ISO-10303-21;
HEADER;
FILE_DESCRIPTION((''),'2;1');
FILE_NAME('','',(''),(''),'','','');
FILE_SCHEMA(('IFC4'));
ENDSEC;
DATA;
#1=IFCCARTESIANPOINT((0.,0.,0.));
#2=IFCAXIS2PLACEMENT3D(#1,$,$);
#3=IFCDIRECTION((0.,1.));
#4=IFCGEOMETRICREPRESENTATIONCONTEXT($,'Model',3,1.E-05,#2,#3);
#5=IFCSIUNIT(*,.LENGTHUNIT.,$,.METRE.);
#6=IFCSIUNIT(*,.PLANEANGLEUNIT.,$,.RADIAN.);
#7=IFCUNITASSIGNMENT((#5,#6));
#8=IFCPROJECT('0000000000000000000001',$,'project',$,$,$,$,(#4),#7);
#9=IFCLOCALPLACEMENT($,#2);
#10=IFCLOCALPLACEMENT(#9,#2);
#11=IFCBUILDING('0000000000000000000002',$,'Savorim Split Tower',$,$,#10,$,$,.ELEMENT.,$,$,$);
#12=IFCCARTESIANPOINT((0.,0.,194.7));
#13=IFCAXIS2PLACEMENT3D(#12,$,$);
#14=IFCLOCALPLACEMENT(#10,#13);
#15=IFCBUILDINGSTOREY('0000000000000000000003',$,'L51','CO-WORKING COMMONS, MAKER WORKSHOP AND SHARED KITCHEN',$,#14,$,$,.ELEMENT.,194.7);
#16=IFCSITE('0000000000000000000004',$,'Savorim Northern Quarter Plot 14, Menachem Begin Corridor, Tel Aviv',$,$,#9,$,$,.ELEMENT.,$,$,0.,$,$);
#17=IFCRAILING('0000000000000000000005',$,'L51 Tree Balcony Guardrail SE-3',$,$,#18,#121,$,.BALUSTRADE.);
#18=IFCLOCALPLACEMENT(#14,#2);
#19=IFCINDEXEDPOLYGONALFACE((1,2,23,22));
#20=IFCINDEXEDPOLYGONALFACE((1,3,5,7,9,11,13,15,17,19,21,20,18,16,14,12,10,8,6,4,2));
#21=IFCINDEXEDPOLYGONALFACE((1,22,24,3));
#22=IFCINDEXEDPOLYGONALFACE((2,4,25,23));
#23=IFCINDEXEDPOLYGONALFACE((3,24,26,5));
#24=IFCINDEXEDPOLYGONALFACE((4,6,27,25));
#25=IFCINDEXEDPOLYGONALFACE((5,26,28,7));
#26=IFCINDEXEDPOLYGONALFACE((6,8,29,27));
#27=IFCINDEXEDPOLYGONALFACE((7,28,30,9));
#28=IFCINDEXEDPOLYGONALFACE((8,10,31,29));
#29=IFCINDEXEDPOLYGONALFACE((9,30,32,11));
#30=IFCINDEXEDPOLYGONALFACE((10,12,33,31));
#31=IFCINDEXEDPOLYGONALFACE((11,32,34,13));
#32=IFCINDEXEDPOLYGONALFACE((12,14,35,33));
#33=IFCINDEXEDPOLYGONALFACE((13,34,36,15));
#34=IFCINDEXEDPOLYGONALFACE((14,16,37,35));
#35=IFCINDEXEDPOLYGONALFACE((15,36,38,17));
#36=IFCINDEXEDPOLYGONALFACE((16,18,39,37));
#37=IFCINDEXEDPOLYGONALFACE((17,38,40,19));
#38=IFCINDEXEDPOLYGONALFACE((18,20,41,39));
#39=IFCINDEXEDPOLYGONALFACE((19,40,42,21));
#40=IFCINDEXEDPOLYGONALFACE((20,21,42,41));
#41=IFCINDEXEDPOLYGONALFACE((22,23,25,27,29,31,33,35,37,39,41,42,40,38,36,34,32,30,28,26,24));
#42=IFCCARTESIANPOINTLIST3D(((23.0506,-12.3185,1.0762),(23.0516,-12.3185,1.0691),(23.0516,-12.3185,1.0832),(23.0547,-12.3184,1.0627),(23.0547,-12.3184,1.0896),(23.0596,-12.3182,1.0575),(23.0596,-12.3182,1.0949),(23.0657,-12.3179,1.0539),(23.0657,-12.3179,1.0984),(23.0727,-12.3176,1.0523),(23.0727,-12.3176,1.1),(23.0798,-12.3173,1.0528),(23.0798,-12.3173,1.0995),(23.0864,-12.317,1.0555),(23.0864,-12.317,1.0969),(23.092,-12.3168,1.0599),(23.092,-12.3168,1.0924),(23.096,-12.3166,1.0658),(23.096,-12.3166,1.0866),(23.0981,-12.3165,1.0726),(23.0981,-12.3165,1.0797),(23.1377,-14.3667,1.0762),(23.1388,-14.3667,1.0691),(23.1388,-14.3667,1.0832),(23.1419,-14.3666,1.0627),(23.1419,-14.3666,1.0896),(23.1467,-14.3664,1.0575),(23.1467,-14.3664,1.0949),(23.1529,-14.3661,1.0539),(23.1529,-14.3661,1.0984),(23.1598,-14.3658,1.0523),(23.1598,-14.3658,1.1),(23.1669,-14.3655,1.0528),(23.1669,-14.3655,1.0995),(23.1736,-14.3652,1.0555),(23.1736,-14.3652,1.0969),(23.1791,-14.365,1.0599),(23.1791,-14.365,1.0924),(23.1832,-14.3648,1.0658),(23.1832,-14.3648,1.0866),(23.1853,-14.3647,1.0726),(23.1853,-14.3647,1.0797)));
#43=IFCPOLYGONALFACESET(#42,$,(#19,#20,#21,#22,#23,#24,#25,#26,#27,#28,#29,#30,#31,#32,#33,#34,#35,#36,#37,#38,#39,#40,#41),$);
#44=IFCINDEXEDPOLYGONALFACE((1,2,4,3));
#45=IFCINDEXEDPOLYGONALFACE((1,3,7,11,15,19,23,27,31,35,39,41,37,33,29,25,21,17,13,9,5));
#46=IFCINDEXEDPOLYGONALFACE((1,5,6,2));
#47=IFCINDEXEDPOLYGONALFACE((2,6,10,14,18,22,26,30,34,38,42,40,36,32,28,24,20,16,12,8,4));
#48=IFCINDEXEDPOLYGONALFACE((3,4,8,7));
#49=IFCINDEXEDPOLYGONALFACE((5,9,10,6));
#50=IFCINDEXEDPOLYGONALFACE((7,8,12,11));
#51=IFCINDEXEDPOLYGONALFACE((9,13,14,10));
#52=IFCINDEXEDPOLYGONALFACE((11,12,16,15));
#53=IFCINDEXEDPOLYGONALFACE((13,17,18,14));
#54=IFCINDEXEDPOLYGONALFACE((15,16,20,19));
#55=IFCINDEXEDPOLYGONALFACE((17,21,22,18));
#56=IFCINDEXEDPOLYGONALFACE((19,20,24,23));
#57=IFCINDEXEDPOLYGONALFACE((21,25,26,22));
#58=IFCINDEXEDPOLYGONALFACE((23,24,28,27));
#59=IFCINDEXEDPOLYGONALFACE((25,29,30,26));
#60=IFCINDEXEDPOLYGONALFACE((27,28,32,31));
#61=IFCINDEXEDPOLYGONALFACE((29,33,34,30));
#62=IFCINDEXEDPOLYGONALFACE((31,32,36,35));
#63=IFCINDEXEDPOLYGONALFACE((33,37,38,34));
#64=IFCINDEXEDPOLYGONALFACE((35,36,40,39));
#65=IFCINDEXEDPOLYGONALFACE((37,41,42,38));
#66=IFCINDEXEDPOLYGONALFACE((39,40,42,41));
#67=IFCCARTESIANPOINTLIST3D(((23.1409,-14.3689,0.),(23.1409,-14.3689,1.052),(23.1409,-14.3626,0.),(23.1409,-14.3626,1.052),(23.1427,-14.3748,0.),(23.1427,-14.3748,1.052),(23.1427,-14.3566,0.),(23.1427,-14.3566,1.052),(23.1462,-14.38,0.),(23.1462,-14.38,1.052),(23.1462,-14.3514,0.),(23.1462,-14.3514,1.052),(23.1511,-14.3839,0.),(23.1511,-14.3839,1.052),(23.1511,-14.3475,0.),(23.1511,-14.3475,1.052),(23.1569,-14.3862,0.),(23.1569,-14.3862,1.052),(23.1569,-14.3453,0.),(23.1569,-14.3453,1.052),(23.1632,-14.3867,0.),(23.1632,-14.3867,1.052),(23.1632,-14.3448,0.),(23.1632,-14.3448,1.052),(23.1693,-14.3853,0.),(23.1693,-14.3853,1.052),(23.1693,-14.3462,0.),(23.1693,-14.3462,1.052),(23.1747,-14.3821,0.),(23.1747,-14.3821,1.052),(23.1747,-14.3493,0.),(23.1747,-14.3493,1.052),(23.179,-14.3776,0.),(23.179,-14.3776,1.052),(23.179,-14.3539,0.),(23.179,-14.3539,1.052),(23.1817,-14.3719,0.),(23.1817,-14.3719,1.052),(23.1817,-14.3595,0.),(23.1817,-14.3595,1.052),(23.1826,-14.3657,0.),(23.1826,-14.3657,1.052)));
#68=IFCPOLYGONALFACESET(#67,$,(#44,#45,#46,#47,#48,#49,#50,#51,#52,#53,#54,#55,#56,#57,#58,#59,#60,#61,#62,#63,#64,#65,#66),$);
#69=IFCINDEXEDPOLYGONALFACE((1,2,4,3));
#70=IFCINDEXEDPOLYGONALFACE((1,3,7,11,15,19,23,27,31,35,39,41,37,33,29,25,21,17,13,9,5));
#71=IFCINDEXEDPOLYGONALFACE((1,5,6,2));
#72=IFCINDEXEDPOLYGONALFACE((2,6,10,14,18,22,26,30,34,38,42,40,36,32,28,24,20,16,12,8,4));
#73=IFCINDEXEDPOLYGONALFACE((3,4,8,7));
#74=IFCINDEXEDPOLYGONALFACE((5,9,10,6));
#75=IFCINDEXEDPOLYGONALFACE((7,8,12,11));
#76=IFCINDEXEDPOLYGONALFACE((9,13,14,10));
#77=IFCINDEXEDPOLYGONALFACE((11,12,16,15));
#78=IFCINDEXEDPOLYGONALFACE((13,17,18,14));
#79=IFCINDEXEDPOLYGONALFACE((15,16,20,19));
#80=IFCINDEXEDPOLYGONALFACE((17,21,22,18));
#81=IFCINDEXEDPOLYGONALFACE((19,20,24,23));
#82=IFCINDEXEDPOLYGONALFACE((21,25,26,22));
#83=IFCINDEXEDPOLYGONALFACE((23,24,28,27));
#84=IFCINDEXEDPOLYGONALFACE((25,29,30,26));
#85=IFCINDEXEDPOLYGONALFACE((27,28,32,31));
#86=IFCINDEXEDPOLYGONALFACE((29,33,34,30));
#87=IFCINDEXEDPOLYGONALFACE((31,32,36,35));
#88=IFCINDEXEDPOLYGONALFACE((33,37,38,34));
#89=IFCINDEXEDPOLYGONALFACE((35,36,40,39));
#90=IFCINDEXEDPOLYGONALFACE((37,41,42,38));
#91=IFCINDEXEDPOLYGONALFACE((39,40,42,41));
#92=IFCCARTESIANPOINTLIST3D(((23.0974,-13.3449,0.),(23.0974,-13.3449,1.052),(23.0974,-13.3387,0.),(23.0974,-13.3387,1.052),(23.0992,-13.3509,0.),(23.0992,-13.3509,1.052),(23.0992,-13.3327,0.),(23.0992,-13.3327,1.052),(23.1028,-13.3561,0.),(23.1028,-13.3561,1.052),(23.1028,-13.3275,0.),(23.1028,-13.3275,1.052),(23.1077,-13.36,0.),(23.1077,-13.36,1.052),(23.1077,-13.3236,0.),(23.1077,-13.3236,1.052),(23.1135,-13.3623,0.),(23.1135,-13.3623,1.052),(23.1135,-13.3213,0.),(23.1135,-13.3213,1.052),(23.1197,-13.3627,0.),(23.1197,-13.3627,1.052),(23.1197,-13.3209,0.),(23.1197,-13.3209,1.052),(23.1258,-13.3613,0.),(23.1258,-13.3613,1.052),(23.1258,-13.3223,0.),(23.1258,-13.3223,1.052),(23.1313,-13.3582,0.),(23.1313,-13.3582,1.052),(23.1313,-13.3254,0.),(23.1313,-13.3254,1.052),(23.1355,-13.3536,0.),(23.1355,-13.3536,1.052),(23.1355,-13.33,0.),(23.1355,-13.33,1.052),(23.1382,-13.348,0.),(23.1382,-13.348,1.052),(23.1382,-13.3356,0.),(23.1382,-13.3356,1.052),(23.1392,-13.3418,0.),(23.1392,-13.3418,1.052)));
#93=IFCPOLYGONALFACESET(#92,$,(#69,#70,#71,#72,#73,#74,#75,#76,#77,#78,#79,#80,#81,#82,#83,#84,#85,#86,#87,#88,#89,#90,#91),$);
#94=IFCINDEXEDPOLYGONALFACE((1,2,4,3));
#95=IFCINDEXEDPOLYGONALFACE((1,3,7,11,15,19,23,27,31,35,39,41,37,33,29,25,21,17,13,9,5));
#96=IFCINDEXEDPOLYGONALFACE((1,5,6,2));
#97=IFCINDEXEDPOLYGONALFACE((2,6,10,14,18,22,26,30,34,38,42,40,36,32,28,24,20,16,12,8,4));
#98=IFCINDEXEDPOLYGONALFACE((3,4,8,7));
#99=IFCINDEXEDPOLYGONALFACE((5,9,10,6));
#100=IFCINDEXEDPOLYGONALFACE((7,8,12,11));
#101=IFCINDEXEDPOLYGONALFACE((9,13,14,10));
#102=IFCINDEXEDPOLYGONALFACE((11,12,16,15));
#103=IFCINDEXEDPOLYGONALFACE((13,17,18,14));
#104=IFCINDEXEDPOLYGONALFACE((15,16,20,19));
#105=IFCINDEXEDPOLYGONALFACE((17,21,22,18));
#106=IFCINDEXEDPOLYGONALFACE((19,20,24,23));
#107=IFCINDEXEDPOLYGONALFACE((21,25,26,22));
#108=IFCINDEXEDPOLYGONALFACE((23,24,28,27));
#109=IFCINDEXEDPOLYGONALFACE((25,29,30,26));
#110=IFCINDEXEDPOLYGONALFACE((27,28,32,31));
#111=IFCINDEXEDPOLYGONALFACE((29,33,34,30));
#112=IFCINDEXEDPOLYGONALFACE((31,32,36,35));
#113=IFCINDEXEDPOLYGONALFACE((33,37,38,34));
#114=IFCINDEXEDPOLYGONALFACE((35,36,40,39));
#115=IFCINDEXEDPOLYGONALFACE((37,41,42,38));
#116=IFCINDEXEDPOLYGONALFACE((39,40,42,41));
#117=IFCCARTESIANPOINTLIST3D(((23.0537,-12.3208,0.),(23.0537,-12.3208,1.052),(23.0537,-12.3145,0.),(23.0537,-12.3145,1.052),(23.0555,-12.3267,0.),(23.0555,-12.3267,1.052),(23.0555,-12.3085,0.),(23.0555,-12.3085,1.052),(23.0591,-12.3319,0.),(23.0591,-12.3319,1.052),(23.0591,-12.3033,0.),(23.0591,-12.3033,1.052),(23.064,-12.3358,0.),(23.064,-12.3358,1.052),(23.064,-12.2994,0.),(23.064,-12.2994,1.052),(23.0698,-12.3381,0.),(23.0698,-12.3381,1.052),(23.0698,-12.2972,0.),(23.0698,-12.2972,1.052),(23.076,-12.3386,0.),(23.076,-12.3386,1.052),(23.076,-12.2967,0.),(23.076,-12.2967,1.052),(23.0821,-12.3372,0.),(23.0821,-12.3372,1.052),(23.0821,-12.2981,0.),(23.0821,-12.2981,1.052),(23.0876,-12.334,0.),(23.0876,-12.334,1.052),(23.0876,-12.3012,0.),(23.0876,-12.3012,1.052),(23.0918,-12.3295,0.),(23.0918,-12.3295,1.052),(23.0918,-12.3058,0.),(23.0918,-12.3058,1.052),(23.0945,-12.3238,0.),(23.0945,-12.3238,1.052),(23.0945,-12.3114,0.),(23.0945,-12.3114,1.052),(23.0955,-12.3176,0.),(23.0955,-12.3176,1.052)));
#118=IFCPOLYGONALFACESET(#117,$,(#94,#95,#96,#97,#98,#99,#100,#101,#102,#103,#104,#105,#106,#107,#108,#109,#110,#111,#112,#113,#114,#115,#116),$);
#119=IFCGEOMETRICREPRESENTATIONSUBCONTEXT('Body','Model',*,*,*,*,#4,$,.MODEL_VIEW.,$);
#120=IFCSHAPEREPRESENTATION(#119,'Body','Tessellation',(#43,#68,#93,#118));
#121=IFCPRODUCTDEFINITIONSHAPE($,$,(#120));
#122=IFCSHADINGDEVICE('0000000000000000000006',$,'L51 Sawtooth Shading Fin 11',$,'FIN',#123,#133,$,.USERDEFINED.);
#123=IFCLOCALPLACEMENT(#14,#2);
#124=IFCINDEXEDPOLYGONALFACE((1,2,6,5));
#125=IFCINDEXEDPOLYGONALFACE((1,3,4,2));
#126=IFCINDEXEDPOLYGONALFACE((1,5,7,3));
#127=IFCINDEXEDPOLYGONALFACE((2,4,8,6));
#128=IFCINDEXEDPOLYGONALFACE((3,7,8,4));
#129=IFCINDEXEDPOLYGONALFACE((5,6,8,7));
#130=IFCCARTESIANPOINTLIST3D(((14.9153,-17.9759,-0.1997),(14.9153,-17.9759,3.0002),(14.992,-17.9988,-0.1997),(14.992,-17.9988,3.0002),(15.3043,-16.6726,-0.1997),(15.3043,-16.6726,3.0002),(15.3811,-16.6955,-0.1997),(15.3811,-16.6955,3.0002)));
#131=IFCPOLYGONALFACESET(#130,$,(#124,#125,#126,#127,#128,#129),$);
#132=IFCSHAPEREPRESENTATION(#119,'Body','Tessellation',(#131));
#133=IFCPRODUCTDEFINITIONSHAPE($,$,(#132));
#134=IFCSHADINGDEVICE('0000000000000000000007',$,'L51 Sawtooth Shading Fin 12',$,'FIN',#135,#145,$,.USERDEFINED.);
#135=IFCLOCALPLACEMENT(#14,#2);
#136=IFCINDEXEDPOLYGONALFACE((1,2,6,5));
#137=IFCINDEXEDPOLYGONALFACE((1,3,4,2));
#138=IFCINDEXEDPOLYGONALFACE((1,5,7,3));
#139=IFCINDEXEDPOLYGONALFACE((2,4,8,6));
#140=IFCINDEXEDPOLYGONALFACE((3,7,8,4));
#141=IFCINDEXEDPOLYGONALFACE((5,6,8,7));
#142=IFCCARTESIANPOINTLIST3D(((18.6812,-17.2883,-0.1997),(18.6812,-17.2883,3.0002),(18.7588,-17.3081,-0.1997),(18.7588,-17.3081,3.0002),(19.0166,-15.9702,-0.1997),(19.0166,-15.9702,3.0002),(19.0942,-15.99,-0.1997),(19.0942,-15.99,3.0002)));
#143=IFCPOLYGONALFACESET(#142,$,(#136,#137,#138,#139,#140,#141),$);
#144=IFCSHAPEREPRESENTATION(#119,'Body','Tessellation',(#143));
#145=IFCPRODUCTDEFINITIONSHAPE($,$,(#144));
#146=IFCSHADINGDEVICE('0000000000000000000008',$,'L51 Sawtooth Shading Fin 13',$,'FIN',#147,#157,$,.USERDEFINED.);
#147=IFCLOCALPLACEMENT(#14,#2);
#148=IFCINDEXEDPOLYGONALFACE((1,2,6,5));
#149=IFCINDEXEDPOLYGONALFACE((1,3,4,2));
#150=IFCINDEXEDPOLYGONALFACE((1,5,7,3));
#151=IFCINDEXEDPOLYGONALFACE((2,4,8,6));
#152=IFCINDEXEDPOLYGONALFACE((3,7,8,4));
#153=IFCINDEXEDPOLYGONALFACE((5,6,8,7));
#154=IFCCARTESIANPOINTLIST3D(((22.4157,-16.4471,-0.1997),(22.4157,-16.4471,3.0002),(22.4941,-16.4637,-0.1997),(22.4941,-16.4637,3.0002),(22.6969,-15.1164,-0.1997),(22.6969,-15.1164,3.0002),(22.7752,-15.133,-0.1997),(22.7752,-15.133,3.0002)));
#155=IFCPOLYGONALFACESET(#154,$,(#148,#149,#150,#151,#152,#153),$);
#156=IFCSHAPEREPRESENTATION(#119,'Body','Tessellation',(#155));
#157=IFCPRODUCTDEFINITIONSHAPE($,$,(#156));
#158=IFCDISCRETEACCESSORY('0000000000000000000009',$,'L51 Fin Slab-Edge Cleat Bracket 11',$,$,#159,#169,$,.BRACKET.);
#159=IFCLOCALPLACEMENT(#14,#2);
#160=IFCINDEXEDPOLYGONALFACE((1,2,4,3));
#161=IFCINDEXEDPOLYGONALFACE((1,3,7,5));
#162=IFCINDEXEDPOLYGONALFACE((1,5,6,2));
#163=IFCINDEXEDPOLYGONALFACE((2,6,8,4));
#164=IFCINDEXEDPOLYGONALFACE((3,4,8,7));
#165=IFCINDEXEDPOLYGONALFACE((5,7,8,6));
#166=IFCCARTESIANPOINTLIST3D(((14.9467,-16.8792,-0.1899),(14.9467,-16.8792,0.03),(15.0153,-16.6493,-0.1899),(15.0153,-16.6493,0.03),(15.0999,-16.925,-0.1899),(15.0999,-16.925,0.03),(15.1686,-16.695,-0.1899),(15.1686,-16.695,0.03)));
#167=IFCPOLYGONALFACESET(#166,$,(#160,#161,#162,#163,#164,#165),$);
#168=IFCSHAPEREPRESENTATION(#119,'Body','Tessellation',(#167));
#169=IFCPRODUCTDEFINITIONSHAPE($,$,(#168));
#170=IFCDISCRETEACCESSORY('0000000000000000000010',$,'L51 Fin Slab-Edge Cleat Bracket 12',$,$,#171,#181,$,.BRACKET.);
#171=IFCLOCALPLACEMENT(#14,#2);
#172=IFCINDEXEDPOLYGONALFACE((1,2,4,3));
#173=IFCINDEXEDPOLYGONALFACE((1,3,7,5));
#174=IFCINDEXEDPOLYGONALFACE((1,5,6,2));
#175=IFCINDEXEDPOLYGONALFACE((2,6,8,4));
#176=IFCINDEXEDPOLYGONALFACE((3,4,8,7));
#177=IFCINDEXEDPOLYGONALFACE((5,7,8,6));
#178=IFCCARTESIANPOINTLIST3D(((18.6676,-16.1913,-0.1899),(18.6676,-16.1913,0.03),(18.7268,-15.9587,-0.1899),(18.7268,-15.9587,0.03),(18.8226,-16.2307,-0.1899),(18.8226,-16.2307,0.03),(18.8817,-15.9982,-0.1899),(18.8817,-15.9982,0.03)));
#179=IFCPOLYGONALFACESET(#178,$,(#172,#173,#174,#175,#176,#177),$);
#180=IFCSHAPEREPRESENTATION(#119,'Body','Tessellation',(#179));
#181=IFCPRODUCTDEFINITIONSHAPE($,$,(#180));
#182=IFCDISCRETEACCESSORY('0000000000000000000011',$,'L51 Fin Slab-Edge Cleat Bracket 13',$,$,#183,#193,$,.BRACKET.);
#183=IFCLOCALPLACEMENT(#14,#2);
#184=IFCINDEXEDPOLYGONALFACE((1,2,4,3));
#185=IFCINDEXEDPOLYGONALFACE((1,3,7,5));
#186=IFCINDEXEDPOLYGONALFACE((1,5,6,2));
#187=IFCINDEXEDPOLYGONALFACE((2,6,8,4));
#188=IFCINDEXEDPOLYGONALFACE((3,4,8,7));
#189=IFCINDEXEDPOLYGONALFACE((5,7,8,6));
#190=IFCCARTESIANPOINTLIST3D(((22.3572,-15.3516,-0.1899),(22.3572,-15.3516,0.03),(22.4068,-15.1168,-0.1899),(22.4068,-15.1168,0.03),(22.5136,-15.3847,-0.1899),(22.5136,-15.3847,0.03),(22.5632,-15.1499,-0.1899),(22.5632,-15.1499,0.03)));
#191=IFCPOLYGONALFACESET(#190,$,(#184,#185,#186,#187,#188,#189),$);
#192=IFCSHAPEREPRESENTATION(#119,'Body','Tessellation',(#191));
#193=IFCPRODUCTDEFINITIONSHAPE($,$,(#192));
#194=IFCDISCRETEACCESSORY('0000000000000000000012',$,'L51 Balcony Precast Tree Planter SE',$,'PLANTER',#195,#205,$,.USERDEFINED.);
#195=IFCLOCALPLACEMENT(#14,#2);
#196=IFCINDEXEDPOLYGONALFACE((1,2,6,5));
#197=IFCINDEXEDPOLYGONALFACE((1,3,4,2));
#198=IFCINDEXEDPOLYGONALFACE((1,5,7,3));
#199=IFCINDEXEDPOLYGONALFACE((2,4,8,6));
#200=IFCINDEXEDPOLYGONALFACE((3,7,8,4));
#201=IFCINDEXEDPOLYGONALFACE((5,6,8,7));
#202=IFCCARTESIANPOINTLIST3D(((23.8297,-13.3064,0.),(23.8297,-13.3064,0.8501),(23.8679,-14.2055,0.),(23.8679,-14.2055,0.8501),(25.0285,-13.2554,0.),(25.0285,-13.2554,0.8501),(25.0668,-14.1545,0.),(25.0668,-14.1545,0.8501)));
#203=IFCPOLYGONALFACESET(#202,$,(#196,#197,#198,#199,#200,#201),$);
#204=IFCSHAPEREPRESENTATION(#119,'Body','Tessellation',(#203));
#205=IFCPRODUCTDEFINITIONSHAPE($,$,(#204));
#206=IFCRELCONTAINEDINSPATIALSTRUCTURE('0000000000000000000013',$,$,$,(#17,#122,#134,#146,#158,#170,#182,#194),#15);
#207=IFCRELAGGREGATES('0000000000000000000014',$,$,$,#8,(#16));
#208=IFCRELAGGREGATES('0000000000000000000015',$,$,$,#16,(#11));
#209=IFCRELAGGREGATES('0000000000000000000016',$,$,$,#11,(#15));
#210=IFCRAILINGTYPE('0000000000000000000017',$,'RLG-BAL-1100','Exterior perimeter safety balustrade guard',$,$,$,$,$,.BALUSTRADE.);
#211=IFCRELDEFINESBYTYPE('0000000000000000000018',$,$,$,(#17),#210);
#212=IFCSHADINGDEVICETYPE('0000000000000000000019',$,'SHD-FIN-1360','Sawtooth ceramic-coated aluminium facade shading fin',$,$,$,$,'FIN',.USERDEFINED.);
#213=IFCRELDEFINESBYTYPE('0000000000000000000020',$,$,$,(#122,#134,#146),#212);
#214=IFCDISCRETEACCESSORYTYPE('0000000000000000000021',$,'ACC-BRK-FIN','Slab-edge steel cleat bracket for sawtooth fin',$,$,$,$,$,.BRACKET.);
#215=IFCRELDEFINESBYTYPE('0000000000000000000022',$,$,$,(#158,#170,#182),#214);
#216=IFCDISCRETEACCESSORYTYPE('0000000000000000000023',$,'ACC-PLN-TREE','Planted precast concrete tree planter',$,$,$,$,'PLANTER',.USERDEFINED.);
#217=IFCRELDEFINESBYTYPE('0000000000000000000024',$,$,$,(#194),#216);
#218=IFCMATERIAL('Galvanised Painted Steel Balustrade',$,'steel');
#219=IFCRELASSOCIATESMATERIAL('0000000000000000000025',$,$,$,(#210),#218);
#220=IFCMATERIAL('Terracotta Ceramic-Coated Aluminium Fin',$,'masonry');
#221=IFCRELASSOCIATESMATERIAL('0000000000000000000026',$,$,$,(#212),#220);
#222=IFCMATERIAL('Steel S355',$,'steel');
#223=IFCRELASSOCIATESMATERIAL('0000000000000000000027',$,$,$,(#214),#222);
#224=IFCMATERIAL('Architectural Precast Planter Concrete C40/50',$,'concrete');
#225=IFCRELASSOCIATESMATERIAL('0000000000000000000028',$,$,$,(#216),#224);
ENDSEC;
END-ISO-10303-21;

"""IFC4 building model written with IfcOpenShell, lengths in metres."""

from ifc_helpers import new_model, si_unit, direction, frame, origin, origin_2d, place, context, subcontext, project, spatial, rectangle, circle, extrude, material, type_object, element, save


model = new_model("IFC4")

# Units and contexts
model_context = context("Model", 3, precision=1e-05, world=origin(), true_north=direction((0.0, 1.0)))
body_context = subcontext(model_context, "Body", "Model", "MODEL_VIEW")
ifc_project = project(units=[si_unit("LENGTHUNIT", "METRE"), si_unit("PLANEANGLEUNIT", "RADIAN")], contexts=[model_context])

# Site, building, storey
site_placement = place(None, origin())
site = spatial("IfcSite", under=ifc_project, at=site_placement, Name="Savorim Northern Quarter Plot 14, Menachem Begin Corridor, Tel Aviv", CompositionType="ELEMENT", RefElevation=0.0)
building_placement = place(site_placement, origin())
building = spatial("IfcBuilding", under=site, at=building_placement, Name="Savorim Split Tower", CompositionType="ELEMENT")
storey_placement = place(building_placement, frame((0.0, 0.0, 194.7)))
storey = spatial("IfcBuildingStorey", under=building, at=storey_placement, Name="L51", Description="CO-WORKING COMMONS, MAKER WORKSHOP AND SHARED KITCHEN", CompositionType="ELEMENT", Elevation=194.7)

# Shared definitions
ifc_material_1 = material(Name="Steel S355", Category="steel")

# Railing
ifc_material_2 = material(Name="Galvanised Painted Steel Balustrade", Category="steel")
railing_type = type_object("IfcRailingType", Name="RLG-BAL-1100", Description="Exterior perimeter safety balustrade guard", PredefinedType="BALUSTRADE", material=ifc_material_2)
railing_1_placement = place(storey_placement, frame((23.1616, -14.3657, 0.0)))
element("IfcRailing", 1, at=railing_1_placement, inside=storey, type_object=railing_type, Name="L51 Tree Balcony Guardrail SE-3", PredefinedType="BALUSTRADE", context=body_context, shape_type="SweptSolid", body=[
    extrude(circle(Radius=0.0239, at=origin_2d()), frame((0.0, 0.0, 1.0762), z_axis=(-0.042517, 0.999096, 0.0), x_axis=(-0.999096, -0.042517, 0.0)), (0.0, 0.0, 1.0), 2.05),
    extrude(circle(Radius=0.021, at=origin_2d()), origin(), (0.0, 0.0, 1.0), 1.052),
    extrude(circle(Radius=0.021, at=origin_2d()), frame((-0.0435, 1.0239, 0.0)), (0.0, 0.0, 1.0), 1.052),
    extrude(circle(Radius=0.021, at=origin_2d()), frame((-0.0872, 2.0481, 0.0)), (0.0, 0.0, 1.0), 1.052),
])

# Shading devices
ifc_material_3 = material(Name="Terracotta Ceramic-Coated Aluminium Fin", Category="masonry")
shading_device_type = type_object("IfcShadingDeviceType", Name="SHD-FIN-1360", Description="Sawtooth ceramic-coated aluminium facade shading fin", ElementType="FIN", PredefinedType="USERDEFINED", material=ifc_material_3)
for number, where, z_axis, x_axis, name in (
    (2, (15.1482, -17.3357, -0.1997), (0.0, 0.0, 1.0), (-0.286026, -0.958222, 0.0), "L51 Sawtooth Shading Fin 11"),
    (3, (18.8877, -16.6392, -0.1997), (0.0, 0.0, 1.0), (-0.246581, -0.969122, 0.0), "L51 Sawtooth Shading Fin 12"),
    (4, (22.5955, -15.79, -0.1997), (0.0, 0.0, 1.0), (-0.206722, -0.9784, 0.0), "L51 Sawtooth Shading Fin 13"),
):
    element("IfcShadingDevice", number, at=place(storey_placement, frame(where, z_axis=z_axis, x_axis=x_axis)), inside=storey, type_object=shading_device_type, Name=name, ObjectType="FIN", PredefinedType="USERDEFINED", context=body_context, shape_type="SweptSolid", body=[
        extrude(rectangle(XDim=1.3601, YDim=0.0801, at=origin_2d()), origin(), (0.0, 0.0, 1.0), 3.2),
    ])

# Discrete accessories
discrete_accessory_type_1 = type_object("IfcDiscreteAccessoryType", Name="ACC-BRK-FIN", Description="Slab-edge steel cleat bracket for sawtooth fin", PredefinedType="BRACKET", material=ifc_material_1)
for number, where, z_axis, x_axis, name in (
    (5, (15.0576, -16.7871, -0.1899), (0.0, 0.0, 1.0), (-0.286026, -0.958222, 0.0), "L51 Fin Slab-Edge Cleat Bracket 11"),
    (6, (18.7747, -16.0947, -0.1899), (0.0, 0.0, 1.0), (-0.246581, -0.969122, 0.0), "L51 Fin Slab-Edge Cleat Bracket 12"),
    (7, (22.4602, -15.2507, -0.1899), (0.0, 0.0, 1.0), (-0.206722, -0.9784, 0.0), "L51 Fin Slab-Edge Cleat Bracket 13"),
):
    element("IfcDiscreteAccessory", number, at=place(storey_placement, frame(where, z_axis=z_axis, x_axis=x_axis)), inside=storey, type_object=discrete_accessory_type_1, Name=name, PredefinedType="BRACKET", context=body_context, shape_type="SweptSolid", body=[
        extrude(rectangle(XDim=0.24, YDim=0.1599, at=origin_2d()), origin(), (0.0, 0.0, 1.0), 0.22),
    ])
ifc_material_4 = material(Name="Architectural Precast Planter Concrete C40/50", Category="concrete")
discrete_accessory_type_2 = type_object("IfcDiscreteAccessoryType", Name="ACC-PLN-TREE", Description="Planted precast concrete tree planter", ElementType="PLANTER", PredefinedType="USERDEFINED", material=ifc_material_4)
discrete_accessory_placement = place(storey_placement, frame((24.4482, -13.7305, 0.0), z_axis=(0.0, 0.0, 1.0), x_axis=(0.999096, 0.042512, 0.0)))
element("IfcDiscreteAccessory", 8, at=discrete_accessory_placement, inside=storey, type_object=discrete_accessory_type_2, Name="L51 Balcony Precast Tree Planter SE", ObjectType="PLANTER", PredefinedType="USERDEFINED", context=body_context, shape_type="SweptSolid", body=[
    extrude(rectangle(XDim=1.2, YDim=0.8999, at=origin_2d()), origin(), (0.0, 0.0, 1.0), 0.8501),
])

save(model, "model.ifc")
